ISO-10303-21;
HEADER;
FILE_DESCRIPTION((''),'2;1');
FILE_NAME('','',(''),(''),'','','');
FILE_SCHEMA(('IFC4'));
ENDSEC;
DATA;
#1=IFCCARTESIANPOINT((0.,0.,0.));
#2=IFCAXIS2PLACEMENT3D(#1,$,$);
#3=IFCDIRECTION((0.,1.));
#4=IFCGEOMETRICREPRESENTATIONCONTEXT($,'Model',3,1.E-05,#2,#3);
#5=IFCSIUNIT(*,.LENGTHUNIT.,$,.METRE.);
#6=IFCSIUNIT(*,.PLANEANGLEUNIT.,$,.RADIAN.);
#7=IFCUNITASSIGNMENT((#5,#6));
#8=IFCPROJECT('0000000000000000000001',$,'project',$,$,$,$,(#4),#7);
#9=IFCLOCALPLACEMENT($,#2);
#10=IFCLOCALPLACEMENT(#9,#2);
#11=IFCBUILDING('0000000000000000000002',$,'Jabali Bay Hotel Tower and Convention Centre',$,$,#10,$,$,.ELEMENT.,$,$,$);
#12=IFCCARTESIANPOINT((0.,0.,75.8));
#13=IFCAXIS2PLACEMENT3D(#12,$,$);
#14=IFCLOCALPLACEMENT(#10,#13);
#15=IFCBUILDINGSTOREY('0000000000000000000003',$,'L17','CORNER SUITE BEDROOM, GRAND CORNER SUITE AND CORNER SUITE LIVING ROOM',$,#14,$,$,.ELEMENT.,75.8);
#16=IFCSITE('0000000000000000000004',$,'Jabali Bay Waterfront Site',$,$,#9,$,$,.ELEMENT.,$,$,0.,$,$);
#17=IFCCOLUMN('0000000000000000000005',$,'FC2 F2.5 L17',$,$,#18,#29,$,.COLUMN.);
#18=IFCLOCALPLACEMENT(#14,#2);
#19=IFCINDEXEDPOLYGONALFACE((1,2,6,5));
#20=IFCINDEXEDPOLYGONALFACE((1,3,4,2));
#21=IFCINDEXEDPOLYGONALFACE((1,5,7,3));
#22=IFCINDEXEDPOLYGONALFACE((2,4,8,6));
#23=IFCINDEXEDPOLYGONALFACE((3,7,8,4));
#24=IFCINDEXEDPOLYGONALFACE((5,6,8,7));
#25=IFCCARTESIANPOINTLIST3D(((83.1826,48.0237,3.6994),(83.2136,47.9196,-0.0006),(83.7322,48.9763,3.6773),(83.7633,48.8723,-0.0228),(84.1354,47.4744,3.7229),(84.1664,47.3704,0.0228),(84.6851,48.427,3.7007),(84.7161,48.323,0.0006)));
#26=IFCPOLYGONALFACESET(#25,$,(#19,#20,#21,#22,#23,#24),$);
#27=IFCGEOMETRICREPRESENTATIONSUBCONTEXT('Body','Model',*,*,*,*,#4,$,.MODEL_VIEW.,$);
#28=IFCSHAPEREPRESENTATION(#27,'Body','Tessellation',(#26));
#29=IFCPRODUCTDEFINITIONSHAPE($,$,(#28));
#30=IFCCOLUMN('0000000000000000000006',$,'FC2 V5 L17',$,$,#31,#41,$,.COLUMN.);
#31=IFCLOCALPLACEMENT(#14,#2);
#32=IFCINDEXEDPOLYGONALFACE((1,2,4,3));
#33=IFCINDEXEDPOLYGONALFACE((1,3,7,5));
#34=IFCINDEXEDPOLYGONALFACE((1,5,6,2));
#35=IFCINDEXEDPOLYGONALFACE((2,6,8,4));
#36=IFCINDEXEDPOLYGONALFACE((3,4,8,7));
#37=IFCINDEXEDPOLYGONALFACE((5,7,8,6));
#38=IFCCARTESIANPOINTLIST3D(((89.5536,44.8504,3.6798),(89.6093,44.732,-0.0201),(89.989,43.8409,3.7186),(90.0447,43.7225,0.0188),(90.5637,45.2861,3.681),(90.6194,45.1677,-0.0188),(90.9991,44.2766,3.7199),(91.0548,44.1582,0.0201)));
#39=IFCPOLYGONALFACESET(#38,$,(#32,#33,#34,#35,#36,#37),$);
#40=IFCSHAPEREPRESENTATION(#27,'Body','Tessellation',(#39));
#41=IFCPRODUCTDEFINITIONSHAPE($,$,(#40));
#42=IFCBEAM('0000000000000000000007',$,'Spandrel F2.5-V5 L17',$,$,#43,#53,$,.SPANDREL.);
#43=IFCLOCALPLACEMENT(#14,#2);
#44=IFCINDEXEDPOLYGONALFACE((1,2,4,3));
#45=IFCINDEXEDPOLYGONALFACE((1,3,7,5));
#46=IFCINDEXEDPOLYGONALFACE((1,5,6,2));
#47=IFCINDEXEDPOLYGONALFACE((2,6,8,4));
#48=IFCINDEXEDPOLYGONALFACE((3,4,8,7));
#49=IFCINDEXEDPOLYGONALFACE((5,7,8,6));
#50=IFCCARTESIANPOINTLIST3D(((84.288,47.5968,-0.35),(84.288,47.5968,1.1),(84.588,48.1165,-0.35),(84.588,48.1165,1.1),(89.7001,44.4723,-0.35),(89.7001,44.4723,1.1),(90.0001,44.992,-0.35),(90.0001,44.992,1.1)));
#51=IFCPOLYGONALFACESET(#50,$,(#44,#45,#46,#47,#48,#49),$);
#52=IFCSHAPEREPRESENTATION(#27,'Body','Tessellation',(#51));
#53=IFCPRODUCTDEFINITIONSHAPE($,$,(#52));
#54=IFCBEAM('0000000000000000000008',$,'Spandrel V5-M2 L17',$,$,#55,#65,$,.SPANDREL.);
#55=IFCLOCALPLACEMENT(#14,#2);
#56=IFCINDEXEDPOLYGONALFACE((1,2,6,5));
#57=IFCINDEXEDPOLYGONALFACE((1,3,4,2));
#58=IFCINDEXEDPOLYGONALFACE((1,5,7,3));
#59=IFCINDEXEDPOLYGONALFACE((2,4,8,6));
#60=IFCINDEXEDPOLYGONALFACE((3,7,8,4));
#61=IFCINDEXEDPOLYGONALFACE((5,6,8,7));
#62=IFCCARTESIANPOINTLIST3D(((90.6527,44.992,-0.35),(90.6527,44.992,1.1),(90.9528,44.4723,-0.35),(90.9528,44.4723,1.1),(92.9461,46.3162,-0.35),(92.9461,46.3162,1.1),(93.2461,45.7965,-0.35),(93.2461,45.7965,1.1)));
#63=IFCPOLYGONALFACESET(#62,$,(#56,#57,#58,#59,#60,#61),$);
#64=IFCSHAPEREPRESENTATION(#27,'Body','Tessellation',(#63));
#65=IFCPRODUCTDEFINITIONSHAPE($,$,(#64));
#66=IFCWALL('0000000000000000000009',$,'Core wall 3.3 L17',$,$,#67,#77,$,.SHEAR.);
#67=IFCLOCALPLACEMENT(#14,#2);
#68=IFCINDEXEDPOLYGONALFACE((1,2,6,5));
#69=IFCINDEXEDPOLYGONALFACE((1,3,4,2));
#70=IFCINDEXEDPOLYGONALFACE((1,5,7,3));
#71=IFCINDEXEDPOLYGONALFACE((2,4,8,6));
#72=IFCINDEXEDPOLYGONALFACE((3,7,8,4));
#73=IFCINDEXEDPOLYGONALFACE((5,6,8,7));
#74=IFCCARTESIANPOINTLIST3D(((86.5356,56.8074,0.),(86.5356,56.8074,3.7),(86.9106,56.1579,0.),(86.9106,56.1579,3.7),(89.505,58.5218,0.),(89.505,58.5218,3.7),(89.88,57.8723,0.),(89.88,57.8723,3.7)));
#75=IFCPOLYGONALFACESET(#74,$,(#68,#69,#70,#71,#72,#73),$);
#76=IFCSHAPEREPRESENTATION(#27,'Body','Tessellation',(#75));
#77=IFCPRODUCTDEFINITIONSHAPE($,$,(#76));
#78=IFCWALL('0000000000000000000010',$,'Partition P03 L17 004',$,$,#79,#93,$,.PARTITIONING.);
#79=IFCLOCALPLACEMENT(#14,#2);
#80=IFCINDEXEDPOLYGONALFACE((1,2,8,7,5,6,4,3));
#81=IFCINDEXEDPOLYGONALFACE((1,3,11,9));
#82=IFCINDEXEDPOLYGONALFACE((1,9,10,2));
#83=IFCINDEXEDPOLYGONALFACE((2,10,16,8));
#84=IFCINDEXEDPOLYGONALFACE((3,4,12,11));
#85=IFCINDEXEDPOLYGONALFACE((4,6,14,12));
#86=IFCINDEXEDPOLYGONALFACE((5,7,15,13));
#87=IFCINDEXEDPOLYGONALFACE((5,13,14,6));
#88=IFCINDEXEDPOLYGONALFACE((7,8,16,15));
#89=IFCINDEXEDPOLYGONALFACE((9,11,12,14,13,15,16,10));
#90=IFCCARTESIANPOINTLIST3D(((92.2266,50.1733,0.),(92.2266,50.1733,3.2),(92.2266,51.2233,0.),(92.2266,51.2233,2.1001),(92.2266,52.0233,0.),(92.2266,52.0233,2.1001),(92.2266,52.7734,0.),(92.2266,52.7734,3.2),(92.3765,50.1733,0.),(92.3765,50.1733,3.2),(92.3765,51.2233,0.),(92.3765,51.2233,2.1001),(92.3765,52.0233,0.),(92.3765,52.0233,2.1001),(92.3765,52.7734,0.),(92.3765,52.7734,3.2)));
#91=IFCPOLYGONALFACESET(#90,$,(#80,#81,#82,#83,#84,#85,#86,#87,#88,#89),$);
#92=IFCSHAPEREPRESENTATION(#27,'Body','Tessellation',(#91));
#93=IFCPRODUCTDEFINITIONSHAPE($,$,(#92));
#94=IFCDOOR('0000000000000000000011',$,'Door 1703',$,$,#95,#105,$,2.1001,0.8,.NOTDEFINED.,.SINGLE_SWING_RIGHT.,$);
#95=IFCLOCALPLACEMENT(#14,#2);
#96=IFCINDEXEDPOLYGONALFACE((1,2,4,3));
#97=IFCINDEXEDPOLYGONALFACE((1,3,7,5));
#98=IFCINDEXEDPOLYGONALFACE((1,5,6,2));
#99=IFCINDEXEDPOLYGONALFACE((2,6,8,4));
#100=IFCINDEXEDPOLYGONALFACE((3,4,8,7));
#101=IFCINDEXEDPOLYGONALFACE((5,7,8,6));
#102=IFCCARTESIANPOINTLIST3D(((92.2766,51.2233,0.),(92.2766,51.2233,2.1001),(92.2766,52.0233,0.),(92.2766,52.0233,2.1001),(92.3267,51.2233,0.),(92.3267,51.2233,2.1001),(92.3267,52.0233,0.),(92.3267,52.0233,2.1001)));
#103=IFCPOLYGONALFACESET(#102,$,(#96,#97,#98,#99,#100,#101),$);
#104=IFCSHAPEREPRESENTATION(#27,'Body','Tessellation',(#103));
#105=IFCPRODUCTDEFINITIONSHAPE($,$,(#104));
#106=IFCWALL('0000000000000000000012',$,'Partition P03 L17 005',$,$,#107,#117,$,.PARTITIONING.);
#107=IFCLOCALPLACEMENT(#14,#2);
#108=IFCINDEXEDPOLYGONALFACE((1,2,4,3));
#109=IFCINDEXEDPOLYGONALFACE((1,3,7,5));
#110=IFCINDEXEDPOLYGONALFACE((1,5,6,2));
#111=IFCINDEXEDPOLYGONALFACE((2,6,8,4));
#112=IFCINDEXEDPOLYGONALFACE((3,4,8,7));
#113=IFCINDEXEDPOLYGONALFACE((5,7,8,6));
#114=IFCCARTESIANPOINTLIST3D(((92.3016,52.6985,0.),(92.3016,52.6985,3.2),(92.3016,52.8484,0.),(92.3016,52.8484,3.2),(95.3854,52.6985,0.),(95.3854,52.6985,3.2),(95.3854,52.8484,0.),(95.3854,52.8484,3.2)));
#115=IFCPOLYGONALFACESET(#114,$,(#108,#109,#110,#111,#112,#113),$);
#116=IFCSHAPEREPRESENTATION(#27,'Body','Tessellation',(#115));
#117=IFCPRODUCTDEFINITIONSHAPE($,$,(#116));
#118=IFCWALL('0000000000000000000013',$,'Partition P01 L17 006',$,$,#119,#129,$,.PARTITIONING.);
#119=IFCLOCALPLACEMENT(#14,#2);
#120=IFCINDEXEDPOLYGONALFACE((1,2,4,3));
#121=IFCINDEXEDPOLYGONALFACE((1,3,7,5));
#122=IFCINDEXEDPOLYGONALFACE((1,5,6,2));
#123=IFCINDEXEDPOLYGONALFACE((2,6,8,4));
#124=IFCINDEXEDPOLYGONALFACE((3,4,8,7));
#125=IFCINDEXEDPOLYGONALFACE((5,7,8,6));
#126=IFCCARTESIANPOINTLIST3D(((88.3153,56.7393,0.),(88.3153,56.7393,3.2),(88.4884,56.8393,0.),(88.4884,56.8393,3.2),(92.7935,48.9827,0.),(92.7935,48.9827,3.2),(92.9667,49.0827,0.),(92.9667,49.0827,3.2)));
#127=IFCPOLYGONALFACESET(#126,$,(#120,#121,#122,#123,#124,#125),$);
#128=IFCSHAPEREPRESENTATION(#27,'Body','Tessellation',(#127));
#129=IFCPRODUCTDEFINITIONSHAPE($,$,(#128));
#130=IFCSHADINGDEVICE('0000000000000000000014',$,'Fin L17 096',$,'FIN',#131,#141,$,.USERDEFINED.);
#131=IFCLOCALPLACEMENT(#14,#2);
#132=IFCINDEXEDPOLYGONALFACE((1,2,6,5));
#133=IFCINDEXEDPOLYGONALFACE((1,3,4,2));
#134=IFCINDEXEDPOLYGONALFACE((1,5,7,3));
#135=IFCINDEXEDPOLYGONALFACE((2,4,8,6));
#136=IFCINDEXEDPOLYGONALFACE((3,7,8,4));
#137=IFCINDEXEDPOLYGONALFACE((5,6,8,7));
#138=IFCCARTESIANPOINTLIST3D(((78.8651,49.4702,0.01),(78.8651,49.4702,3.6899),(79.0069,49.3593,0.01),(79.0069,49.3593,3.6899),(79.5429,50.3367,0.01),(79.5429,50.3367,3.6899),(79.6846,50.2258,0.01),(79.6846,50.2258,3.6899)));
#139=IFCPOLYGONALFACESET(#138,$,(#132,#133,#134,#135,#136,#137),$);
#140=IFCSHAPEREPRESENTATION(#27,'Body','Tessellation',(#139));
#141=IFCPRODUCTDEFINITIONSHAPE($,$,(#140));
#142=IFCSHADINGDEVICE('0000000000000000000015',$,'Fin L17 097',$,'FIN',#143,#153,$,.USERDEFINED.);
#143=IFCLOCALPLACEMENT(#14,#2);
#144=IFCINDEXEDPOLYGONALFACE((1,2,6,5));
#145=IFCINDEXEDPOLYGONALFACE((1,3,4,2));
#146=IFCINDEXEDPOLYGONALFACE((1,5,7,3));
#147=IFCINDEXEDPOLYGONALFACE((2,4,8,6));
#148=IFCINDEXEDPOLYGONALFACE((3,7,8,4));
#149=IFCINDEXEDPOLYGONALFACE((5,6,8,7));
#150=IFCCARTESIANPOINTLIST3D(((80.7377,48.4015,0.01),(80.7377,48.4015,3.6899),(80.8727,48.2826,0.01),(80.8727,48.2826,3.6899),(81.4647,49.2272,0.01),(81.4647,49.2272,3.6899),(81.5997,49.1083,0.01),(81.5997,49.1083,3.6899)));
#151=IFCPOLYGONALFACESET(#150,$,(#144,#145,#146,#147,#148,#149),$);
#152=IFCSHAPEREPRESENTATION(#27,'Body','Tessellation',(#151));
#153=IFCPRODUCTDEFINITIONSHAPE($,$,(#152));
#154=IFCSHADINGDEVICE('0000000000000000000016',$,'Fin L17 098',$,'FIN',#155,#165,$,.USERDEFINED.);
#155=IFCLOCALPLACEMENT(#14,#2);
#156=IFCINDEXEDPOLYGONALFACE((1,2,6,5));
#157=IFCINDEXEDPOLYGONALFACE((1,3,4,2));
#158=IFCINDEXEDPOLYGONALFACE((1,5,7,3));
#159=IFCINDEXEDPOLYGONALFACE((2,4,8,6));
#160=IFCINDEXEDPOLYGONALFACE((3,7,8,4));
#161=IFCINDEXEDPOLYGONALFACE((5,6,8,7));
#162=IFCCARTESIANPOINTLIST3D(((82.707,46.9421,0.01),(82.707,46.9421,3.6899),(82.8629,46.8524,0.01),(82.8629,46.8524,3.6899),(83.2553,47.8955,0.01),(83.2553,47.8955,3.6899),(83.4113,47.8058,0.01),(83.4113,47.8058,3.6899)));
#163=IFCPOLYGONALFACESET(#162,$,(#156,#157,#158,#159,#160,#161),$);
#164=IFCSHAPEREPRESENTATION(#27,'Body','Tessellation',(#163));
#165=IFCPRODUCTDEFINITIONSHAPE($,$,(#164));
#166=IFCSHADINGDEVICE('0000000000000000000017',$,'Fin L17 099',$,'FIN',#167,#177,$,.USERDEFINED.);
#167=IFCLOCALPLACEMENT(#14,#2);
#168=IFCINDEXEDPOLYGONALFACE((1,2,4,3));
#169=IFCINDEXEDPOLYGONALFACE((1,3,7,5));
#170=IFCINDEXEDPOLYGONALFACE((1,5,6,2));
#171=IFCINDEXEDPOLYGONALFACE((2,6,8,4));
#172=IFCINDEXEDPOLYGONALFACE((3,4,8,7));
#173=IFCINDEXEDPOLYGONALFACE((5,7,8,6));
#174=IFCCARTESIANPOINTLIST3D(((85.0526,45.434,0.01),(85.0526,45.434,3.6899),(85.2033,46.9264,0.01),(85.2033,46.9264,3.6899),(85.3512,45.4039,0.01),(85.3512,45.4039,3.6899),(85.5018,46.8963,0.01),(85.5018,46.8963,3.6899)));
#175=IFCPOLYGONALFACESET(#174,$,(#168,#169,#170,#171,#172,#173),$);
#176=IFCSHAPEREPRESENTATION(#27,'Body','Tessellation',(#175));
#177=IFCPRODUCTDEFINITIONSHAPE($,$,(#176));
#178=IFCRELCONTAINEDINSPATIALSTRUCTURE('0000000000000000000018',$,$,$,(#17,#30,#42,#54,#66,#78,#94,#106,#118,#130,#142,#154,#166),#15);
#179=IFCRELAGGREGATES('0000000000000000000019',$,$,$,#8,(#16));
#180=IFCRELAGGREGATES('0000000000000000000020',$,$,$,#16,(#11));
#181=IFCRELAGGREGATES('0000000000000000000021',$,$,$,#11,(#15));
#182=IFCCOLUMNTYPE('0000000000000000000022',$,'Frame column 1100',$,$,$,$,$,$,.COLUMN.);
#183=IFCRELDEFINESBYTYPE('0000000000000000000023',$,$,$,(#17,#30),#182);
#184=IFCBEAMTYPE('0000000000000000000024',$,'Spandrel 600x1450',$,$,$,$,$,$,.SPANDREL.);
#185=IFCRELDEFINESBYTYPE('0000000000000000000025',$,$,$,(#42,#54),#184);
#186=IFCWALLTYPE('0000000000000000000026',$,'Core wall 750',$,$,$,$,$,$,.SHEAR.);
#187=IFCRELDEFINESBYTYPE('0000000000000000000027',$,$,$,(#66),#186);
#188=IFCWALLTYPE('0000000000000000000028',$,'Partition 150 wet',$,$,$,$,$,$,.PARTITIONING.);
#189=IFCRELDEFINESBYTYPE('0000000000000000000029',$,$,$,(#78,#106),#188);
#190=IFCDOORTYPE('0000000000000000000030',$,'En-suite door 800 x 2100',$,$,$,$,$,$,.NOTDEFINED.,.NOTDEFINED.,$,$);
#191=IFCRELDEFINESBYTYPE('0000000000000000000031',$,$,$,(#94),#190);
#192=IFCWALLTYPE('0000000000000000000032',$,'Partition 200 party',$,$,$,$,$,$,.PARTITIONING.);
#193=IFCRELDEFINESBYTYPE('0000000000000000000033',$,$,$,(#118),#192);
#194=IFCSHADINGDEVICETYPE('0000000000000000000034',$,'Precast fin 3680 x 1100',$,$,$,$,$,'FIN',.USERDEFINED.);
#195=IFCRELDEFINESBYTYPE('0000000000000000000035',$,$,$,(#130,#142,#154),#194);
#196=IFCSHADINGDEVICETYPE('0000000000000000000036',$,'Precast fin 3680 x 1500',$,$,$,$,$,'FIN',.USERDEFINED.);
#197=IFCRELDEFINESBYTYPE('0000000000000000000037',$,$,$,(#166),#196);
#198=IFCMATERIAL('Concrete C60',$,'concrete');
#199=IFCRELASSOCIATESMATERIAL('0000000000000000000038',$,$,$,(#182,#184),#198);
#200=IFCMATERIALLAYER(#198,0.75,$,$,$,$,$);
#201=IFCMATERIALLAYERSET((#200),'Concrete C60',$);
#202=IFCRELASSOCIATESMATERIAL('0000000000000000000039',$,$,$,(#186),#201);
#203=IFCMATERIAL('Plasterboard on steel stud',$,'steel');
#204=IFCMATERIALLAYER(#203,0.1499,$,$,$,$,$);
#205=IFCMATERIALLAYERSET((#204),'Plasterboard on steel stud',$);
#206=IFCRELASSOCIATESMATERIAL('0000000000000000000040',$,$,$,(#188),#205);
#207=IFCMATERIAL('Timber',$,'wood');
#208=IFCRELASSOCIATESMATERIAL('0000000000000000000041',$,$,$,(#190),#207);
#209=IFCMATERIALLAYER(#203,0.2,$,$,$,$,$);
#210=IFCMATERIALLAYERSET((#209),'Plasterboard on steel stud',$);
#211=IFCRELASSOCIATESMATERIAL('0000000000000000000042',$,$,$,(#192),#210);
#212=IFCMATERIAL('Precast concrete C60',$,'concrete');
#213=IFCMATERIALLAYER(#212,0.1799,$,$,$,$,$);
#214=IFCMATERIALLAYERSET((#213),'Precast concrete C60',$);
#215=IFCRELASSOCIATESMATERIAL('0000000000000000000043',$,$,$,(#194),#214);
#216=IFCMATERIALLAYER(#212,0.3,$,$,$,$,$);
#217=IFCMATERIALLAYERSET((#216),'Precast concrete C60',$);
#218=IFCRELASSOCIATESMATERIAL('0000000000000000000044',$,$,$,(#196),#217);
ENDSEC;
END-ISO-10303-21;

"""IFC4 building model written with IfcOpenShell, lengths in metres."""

from ifc_helpers import new_model, si_unit, direction, frame, frame_2d, origin, origin_2d, place, context, subcontext, project, spatial, rectangle, extrude, material, layer, layer_set, material_profile, profile_set, type_object, element, fill, save


model = new_model("IFC4")

# Units and contexts
model_context = context("Model", 3, precision=1e-05, world=origin(), true_north=direction((0.0, 1.0)))
body_context = subcontext(model_context, "Body", "Model", "MODEL_VIEW")
ifc_project = project(units=[si_unit("LENGTHUNIT", "METRE"), si_unit("PLANEANGLEUNIT", "RADIAN")], contexts=[model_context])

# Site, building, storey
site_placement = place(None, origin())
site = spatial("IfcSite", under=ifc_project, at=site_placement, Name="Jabali Bay Waterfront Site", CompositionType="ELEMENT", RefElevation=0.0)
building_placement = place(site_placement, origin())
building = spatial("IfcBuilding", under=site, at=building_placement, Name="Jabali Bay Hotel Tower and Convention Centre", CompositionType="ELEMENT")
storey_placement = place(building_placement, frame((0.0, 0.0, 75.8)))
storey = spatial("IfcBuildingStorey", under=building, at=storey_placement, Name="L17", Description="CORNER SUITE BEDROOM, GRAND CORNER SUITE AND CORNER SUITE LIVING ROOM", CompositionType="ELEMENT", Elevation=75.8)

# Columns
ifc_material_1 = material(Name="Concrete C60", Category="concrete")
ifc_material_profile_1 = material_profile(ifc_material_1, rectangle(XDim=1.1001, YDim=1.1001, at=origin_2d()), Name="Frame column 1100")
ifc_profile_set_1 = profile_set([ifc_material_profile_1], Name="Concrete C60")
column_type = type_object("IfcColumnType", Name="Frame column 1100", PredefinedType="COLUMN", material=ifc_profile_set_1)
column_1_placement = place(storey_placement, frame((83.9648, 48.1213, 0.0), z_axis=(-0.008376, 0.028097, 0.99957), x_axis=(-0.499676, -0.865978, 0.020155)))
element("IfcColumn", 1, at=column_1_placement, inside=storey, type_object=column_type, Name="FC2 F2.5 L17", PredefinedType="COLUMN", context=body_context, shape_type="SweptSolid", body=[
    extrude(rectangle(XDim=1.1001, YDim=1.1001, at=origin_2d()), origin(), (0.0, 0.0, 1.0), 3.7017),
])
column_2_placement = place(storey_placement, frame((90.332, 44.4451, 0.0), z_axis=(-0.015035, 0.031983, 0.999375), x_axis=(0.39578, -0.917666, 0.035322)))
element("IfcColumn", 2, at=column_2_placement, inside=storey, type_object=column_type, Name="FC2 V5 L17", PredefinedType="COLUMN", context=body_context, shape_type="SweptSolid", body=[
    extrude(rectangle(XDim=1.1001, YDim=1.1001, at=origin_2d()), origin(), (0.0, 0.0, 1.0), 3.7021),
])

# Beams
ifc_material_profile_2 = material_profile(ifc_material_1, rectangle(XDim=0.6001, YDim=1.45, at=origin_2d()), Name="Spandrel 600x1450")
ifc_profile_set_2 = profile_set([ifc_material_profile_2], Name="Concrete C60")
beam_type = type_object("IfcBeamType", Name="Spandrel 600x1450", PredefinedType="SPANDREL", material=ifc_profile_set_2)
beam_1_placement = place(storey_placement, frame((84.438, 47.8567, 0.375), z_axis=(0.866037, -0.499979, 0.0), x_axis=(0.499979, 0.866037, 0.0)))
element("IfcBeam", 3, at=beam_1_placement, inside=storey, type_object=beam_type, Name="Spandrel F2.5-V5 L17", PredefinedType="SPANDREL", context=body_context, shape_type="SweptSolid", body=[
    extrude(rectangle(XDim=0.6001, YDim=1.45, at=origin_2d()), origin(), (0.0, 0.0, 1.0), 6.2493),
])
beam_2_placement = place(storey_placement, frame((90.8027, 44.7322, 0.375), z_axis=(0.866011, 0.500026, 0.0), x_axis=(-0.500026, 0.866011, 0.0)))
element("IfcBeam", 4, at=beam_2_placement, inside=storey, type_object=beam_type, Name="Spandrel V5-M2 L17", PredefinedType="SPANDREL", context=body_context, shape_type="SweptSolid", body=[
    extrude(rectangle(XDim=0.6001, YDim=1.45, at=origin_2d()), origin(), (0.0, 0.0, 1.0), 2.6482),
])

# Wall
ifc_layer_1 = layer(ifc_material_1, 0.75)
ifc_layer_set_1 = layer_set([ifc_layer_1], Name="Concrete C60")
wall_type_1 = type_object("IfcWallType", Name="Core wall 750", PredefinedType="SHEAR", material=ifc_layer_set_1)
wall_1_placement = place(storey_placement, frame((86.7231, 56.4827, 0.0), z_axis=(0.0, 0.0, 1.0), x_axis=(0.866017, 0.500014, 0.0)))
element("IfcWall", 5, at=wall_1_placement, inside=storey, type_object=wall_type_1, Name="Core wall 3.3 L17", PredefinedType="SHEAR", context=body_context, shape_type="SweptSolid", body=[
    extrude(rectangle(XDim=3.4287, YDim=0.75, at=frame_2d((1.7144, 0.0))), origin(), (0.0, 0.0, 1.0), 3.7),
])

# Wall, opening, door
ifc_material_2 = material(Name="Plasterboard on steel stud", Category="steel")
ifc_layer_2 = layer(ifc_material_2, 0.1499)
ifc_layer_set_2 = layer_set([ifc_layer_2], Name="Plasterboard on steel stud")
wall_type_2 = type_object("IfcWallType", Name="Partition 150 wet", PredefinedType="PARTITIONING", material=ifc_layer_set_2)
wall_2_placement = place(storey_placement, frame((92.3015, 50.1733, 0.0), z_axis=(0.0, 0.0, 1.0), x_axis=(0.0, 1.0, 0.0)))
wall_2 = element("IfcWall", 6, at=wall_2_placement, inside=storey, type_object=wall_type_2, Name="Partition P03 L17 004", PredefinedType="PARTITIONING", context=body_context, shape_type="SweptSolid", body=[
    extrude(rectangle(XDim=2.6001, YDim=0.1499, at=frame_2d((1.3, 0.0))), origin(), (0.0, 0.0, 1.0), 3.2),
])
opening_1_placement = place(wall_2_placement, frame((1.05, 0.0, 0.0)))
opening_1 = element("IfcOpeningElement", 7, at=opening_1_placement, cuts=wall_2, PredefinedType="OPENING", context=body_context, shape_type="SweptSolid", body=[
    extrude(rectangle(XDim=0.8, YDim=2.1001, at=frame_2d((0.3999, 1.05))), frame((0.0, 0.0854, 0.0), z_axis=(0.0, -1.0, 0.0), x_axis=(1.0, 0.0, 0.0)), (0.0, 0.0, 1.0), 0.1709),
])
ifc_material_3 = material(Name="Timber", Category="wood")
door_type_1 = type_object("IfcDoorType", Name="En-suite door 800 x 2100", OperationType="NOTDEFINED", PredefinedType="NOTDEFINED", material=ifc_material_3)
door_1_placement = place(opening_1_placement, origin())
door_1 = element("IfcDoor", 8, at=door_1_placement, inside=storey, type_object=door_type_1, Name="Door 1703", OperationType="SINGLE_SWING_RIGHT", OverallHeight=2.1001, OverallWidth=0.8, PredefinedType="NOTDEFINED", context=body_context, shape_type="SweptSolid", body=[
    extrude(rectangle(XDim=0.8, YDim=2.1001, at=frame_2d((0.3999, 1.05))), frame((0.0, 0.0249, 0.0), z_axis=(0.0, -1.0, 0.0), x_axis=(1.0, 0.0, 0.0)), (0.0, 0.0, 1.0), 0.05),
])
fill(opening_1, door_1)

# Walls
wall_3_placement = place(storey_placement, frame((92.3015, 52.7734, 0.0), z_axis=(0.0, 0.0, 1.0), x_axis=(1.0, 0.0, 0.0)))
element("IfcWall", 9, at=wall_3_placement, inside=storey, type_object=wall_type_2, Name="Partition P03 L17 005", PredefinedType="PARTITIONING", context=body_context, shape_type="SweptSolid", body=[
    extrude(rectangle(XDim=3.0837, YDim=0.1499, at=frame_2d((1.542, 0.0))), origin(), (0.0, 0.0, 1.0), 3.2),
])
ifc_layer_3 = layer(ifc_material_2, 0.2)
ifc_layer_set_3 = layer_set([ifc_layer_3], Name="Plasterboard on steel stud")
wall_type_3 = type_object("IfcWallType", Name="Partition 200 party", PredefinedType="PARTITIONING", material=ifc_layer_set_3)
wall_4_placement = place(storey_placement, frame((88.4019, 56.7893, 0.0), z_axis=(0.0, 0.0, 1.0), x_axis=(0.5, -0.866025, 0.0)))
element("IfcWall", 10, at=wall_4_placement, inside=storey, type_object=wall_type_3, Name="Partition P01 L17 006", PredefinedType="PARTITIONING", context=body_context, shape_type="SweptSolid", body=[
    extrude(rectangle(XDim=8.9565, YDim=0.2, at=frame_2d((4.4783, 0.0))), origin(), (0.0, 0.0, 1.0), 3.2),
])

# Shading devices
ifc_material_4 = material(Name="Precast concrete C60", Category="concrete")
ifc_layer_4 = layer(ifc_material_4, 0.1799)
ifc_layer_set_4 = layer_set([ifc_layer_4], Name="Precast concrete C60")
shading_device_type_1 = type_object("IfcShadingDeviceType", Name="Precast fin 3680 x 1100", ElementType="FIN", PredefinedType="USERDEFINED", material=ifc_layer_set_4)
for number, where, z_axis, x_axis, name in (
    (11, (79.6138, 50.2812, 0.01), (0.0, 0.0, 1.0), (-0.616105, -0.787664, 0.0), "Fin L17 096"),
    (12, (81.5322, 49.1677, 0.01), (0.0, 0.0, 1.0), (-0.660858, -0.750511, 0.0), "Fin L17 097"),
):
    element("IfcShadingDevice", number, at=place(storey_placement, frame(where, z_axis=z_axis, x_axis=x_axis)), inside=storey, type_object=shading_device_type_1, Name=name, ObjectType="FIN", PredefinedType="USERDEFINED", context=body_context, shape_type="SweptSolid", body=[
        extrude(rectangle(XDim=1.1001, YDim=0.1799, at=frame_2d((0.55, 0.0))), origin(), (0.0, 0.0, 1.0), 3.6799),
    ])
shading_device_1_placement = place(storey_placement, frame((83.3333, 47.8506, 0.01), z_axis=(0.0, 0.0, 1.0), x_axis=(-0.498575, -0.866846, 0.0)))
element("IfcShadingDevice", 13, at=shading_device_1_placement, inside=storey, type_object=shading_device_type_1, Name="Fin L17 098", ObjectType="FIN", PredefinedType="USERDEFINED", context=body_context, shape_type="SweptSolid", body=[
    extrude(rectangle(XDim=1.0999, YDim=0.1799, at=frame_2d((0.5498, 0.0))), origin(), (0.0, 0.0, 1.0), 3.6799),
])
ifc_layer_5 = layer(ifc_material_4, 0.3)
ifc_layer_set_5 = layer_set([ifc_layer_5], Name="Precast concrete C60")
shading_device_type_2 = type_object("IfcShadingDeviceType", Name="Precast fin 3680 x 1500", ElementType="FIN", PredefinedType="USERDEFINED", material=ifc_layer_set_5)
shading_device_2_placement = place(storey_placement, frame((85.3525, 46.9114, 0.01), z_axis=(0.0, 0.0, 1.0), x_axis=(-0.100422, -0.994945, 0.0)))
element("IfcShadingDevice", 14, at=shading_device_2_placement, inside=storey, type_object=shading_device_type_2, Name="Fin L17 099", ObjectType="FIN", PredefinedType="USERDEFINED", context=body_context, shape_type="SweptSolid", body=[
    extrude(rectangle(XDim=1.5, YDim=0.3, at=frame_2d((0.75, 0.0))), origin(), (0.0, 0.0, 1.0), 3.6799),
])

save(model, "model.ifc")
